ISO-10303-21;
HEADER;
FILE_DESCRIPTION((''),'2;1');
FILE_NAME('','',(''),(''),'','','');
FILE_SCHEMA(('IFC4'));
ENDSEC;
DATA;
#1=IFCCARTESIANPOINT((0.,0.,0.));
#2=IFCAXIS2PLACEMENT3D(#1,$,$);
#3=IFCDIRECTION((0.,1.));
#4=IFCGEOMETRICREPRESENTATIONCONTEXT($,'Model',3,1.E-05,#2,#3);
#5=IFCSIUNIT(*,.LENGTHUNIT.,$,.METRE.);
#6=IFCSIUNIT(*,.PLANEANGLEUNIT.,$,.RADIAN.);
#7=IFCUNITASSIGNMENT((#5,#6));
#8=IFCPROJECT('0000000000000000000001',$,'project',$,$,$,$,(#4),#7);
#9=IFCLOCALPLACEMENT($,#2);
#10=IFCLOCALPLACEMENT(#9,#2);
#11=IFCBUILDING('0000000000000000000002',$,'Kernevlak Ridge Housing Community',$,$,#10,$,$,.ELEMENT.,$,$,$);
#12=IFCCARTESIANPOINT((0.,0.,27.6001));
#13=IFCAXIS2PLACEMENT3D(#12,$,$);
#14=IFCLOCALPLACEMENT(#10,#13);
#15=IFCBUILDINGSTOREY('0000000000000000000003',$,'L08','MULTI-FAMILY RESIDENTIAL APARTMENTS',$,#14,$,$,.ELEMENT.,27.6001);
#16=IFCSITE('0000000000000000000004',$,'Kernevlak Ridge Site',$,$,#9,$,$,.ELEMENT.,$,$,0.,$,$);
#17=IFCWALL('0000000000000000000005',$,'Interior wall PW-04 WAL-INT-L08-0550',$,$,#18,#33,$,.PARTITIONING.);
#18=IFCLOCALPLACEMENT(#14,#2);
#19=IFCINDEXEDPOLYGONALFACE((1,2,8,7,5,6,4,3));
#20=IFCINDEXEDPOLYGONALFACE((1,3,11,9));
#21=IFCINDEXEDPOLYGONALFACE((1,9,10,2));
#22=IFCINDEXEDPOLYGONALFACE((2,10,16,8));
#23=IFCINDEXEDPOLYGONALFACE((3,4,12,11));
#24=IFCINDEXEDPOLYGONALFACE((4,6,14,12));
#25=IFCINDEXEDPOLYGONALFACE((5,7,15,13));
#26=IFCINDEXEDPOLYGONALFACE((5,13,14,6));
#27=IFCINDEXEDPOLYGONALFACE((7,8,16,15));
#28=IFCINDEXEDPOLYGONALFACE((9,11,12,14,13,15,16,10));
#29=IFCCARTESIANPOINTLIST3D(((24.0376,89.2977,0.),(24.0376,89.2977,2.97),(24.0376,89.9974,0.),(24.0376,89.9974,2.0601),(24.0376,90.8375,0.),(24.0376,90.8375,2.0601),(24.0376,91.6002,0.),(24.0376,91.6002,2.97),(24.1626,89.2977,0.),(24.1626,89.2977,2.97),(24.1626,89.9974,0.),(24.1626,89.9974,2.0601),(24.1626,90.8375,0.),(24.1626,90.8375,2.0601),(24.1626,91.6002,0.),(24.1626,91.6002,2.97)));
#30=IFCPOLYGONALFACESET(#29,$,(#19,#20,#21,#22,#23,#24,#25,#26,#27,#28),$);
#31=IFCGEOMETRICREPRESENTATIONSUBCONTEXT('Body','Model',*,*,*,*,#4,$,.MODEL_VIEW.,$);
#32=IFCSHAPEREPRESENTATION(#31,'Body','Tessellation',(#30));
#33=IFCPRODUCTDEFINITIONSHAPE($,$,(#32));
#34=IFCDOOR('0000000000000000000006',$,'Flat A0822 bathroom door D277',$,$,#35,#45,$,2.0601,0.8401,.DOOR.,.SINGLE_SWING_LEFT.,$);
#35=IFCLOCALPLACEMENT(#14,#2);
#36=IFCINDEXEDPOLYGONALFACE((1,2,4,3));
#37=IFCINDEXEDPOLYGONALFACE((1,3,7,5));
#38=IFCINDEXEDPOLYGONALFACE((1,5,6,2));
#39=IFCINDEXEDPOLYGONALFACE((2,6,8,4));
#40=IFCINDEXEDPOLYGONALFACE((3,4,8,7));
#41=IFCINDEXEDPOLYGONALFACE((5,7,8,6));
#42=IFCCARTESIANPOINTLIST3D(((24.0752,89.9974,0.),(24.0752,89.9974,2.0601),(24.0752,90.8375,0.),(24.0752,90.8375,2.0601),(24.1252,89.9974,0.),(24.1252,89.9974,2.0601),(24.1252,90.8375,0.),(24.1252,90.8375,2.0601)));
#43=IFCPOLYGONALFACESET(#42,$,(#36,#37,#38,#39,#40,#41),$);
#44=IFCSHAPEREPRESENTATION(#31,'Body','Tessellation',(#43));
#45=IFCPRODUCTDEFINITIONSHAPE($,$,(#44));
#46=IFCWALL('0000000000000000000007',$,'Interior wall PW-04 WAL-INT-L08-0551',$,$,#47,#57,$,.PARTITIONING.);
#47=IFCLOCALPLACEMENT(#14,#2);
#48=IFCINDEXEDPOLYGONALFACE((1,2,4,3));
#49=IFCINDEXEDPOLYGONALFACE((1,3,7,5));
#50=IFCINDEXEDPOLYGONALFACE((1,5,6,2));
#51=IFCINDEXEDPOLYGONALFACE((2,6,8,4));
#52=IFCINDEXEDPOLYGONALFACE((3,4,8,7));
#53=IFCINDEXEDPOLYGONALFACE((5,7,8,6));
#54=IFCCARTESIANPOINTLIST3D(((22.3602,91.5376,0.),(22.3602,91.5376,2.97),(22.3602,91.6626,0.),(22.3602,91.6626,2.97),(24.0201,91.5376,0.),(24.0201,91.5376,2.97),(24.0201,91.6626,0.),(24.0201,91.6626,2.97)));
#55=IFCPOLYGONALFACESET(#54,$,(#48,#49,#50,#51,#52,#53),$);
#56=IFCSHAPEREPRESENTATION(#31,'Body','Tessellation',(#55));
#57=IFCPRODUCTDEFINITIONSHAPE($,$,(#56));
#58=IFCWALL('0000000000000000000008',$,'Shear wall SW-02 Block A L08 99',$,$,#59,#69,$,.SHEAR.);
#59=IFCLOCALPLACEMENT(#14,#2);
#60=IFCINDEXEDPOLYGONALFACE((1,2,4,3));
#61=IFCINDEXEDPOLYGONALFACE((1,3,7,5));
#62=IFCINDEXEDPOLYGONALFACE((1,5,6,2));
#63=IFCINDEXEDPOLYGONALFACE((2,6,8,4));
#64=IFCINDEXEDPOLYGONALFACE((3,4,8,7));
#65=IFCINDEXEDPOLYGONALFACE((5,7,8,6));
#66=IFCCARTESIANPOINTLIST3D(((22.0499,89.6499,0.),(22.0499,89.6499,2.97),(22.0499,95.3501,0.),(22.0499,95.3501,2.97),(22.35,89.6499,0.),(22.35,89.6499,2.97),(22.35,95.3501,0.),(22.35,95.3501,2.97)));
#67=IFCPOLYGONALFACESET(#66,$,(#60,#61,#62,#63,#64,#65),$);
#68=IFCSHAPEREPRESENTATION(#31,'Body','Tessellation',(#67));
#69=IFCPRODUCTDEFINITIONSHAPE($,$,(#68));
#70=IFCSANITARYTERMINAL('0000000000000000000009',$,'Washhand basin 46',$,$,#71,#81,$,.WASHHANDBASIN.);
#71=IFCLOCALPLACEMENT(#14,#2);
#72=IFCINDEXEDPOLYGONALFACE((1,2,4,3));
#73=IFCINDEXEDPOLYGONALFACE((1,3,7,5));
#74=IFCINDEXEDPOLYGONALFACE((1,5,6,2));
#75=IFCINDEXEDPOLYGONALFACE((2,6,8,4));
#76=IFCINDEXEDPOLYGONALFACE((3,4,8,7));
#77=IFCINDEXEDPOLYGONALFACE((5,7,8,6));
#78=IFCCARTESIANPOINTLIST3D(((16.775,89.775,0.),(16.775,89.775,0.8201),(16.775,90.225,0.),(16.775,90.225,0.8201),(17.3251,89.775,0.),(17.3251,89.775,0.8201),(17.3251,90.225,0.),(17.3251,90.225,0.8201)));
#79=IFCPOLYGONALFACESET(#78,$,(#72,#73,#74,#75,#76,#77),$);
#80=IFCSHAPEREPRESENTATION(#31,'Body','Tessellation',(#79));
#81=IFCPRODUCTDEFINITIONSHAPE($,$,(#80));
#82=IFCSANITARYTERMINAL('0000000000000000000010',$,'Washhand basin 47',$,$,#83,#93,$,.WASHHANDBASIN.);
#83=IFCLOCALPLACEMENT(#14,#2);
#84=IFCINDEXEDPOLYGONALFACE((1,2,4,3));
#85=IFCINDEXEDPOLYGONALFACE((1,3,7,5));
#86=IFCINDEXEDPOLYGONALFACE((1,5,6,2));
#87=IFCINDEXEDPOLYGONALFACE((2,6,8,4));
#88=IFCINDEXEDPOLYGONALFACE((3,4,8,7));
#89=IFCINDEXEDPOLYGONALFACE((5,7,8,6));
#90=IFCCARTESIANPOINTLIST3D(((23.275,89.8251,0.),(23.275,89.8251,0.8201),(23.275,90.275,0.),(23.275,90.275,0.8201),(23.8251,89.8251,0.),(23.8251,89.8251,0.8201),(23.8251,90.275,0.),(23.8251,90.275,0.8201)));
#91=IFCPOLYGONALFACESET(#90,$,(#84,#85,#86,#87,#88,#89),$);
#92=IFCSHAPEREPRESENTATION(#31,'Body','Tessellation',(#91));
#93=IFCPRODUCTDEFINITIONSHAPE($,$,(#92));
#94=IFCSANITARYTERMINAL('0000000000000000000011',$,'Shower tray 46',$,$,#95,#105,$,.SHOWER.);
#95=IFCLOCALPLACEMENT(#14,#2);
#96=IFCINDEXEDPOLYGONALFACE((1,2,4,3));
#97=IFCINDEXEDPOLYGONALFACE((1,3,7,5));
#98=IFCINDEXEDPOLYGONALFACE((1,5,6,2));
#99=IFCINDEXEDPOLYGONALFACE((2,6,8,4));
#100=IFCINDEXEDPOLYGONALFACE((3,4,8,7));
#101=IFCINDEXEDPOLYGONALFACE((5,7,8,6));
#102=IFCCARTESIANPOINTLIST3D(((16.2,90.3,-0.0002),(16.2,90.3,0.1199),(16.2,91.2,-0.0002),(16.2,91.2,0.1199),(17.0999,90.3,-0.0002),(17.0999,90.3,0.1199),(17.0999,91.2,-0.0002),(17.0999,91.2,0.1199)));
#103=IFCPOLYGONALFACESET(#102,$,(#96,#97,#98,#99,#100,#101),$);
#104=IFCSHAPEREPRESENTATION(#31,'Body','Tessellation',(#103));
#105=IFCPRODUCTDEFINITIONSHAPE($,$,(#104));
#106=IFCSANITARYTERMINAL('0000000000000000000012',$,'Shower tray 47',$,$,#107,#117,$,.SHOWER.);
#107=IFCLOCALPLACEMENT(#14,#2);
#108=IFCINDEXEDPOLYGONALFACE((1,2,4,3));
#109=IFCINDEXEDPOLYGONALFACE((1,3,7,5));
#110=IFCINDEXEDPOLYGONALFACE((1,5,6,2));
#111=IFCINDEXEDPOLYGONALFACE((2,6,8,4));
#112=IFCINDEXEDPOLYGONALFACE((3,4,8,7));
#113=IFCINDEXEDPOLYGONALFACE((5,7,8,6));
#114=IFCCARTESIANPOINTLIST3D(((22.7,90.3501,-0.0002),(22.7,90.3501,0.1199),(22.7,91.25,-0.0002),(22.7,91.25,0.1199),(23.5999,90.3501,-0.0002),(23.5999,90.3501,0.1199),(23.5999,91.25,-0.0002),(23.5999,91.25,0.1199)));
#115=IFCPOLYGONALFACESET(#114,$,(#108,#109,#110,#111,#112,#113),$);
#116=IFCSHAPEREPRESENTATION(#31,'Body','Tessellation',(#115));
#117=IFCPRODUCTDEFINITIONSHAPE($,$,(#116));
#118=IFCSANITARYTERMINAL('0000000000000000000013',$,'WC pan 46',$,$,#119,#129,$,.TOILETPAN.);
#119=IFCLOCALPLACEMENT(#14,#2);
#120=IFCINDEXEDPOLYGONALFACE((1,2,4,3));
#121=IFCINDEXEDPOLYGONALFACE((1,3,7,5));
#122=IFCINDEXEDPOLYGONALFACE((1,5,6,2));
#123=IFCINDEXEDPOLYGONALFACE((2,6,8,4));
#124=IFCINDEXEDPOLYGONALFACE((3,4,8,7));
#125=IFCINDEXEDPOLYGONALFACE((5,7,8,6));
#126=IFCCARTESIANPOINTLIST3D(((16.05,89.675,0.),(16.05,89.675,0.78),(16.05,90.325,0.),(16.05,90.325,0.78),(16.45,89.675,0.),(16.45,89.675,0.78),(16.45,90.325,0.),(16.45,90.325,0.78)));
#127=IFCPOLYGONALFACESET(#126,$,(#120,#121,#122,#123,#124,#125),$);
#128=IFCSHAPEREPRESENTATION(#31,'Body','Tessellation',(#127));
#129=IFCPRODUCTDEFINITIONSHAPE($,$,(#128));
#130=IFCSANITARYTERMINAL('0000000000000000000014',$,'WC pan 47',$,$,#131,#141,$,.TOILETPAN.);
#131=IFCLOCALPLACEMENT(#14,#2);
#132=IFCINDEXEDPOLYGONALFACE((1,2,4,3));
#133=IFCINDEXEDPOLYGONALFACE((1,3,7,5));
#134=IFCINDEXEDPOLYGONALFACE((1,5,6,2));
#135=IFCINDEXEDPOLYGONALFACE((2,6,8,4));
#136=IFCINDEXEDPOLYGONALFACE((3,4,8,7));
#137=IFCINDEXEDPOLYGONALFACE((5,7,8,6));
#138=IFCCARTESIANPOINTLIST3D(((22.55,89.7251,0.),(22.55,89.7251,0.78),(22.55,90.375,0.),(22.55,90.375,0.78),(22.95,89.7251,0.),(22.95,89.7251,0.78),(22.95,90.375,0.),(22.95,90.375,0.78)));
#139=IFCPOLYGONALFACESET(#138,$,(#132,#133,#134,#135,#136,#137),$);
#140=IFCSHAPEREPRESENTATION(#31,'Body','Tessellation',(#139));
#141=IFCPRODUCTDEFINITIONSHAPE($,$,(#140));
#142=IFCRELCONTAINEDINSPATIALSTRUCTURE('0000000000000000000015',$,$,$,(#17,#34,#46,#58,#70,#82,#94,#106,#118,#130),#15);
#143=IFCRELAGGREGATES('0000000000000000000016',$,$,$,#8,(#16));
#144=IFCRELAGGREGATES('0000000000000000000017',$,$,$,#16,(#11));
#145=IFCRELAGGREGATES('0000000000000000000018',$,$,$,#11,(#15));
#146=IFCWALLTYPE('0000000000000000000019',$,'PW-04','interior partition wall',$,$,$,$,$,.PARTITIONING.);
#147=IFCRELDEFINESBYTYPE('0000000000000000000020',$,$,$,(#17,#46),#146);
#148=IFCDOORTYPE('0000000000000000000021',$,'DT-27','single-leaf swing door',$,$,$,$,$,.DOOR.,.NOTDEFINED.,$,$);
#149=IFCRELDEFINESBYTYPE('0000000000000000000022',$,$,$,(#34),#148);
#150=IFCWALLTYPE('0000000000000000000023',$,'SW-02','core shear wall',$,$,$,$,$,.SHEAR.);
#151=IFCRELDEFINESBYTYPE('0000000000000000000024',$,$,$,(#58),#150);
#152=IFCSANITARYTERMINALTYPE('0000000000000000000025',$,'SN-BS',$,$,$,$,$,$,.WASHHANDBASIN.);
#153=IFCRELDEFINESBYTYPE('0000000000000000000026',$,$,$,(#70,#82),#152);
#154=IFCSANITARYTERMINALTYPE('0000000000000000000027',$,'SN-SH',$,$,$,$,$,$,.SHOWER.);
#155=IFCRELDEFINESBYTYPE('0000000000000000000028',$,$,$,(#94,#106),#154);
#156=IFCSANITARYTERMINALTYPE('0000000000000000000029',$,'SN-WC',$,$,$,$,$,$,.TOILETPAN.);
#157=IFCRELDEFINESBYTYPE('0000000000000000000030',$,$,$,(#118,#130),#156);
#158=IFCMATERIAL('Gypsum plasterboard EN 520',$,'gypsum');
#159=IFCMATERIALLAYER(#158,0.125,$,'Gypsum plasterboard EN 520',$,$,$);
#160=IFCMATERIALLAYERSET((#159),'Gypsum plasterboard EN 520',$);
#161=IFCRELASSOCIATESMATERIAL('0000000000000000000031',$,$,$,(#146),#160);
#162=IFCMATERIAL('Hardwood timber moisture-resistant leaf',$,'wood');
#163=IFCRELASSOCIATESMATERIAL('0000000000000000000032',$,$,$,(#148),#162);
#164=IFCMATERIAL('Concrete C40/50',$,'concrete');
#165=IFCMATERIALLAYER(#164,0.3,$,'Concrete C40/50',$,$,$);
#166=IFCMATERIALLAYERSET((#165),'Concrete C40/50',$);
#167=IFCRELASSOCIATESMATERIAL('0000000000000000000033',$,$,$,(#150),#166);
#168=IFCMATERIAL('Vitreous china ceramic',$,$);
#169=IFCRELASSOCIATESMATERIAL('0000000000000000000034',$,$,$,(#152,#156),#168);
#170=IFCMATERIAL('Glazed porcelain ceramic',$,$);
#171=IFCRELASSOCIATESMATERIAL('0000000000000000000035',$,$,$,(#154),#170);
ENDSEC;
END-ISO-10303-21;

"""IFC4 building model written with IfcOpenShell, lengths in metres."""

from ifc_helpers import new_model, si_unit, direction, frame, frame_2d, origin, origin_2d, place, context, subcontext, project, spatial, rectangle, extrude, material, layer, layer_set, type_object, element, fill, save


model = new_model("IFC4")

# Units and contexts
model_context = context("Model", 3, precision=1e-05, world=origin(), true_north=direction((0.0, 1.0)))
body_context = subcontext(model_context, "Body", "Model", "MODEL_VIEW")
ifc_project = project(units=[si_unit("LENGTHUNIT", "METRE"), si_unit("PLANEANGLEUNIT", "RADIAN")], contexts=[model_context])

# Site, building, storey
site_placement = place(None, origin())
site = spatial("IfcSite", under=ifc_project, at=site_placement, Name="Kernevlak Ridge Site", CompositionType="ELEMENT", RefElevation=0.0)
building_placement = place(site_placement, origin())
building = spatial("IfcBuilding", under=site, at=building_placement, Name="Kernevlak Ridge Housing Community", CompositionType="ELEMENT")
storey_placement = place(building_placement, frame((0.0, 0.0, 27.6001)))
storey = spatial("IfcBuildingStorey", under=building, at=storey_placement, Name="L08", Description="MULTI-FAMILY RESIDENTIAL APARTMENTS", CompositionType="ELEMENT", Elevation=27.6001)

# Shared definitions
ifc_material_1 = material(Name="Concrete C40/50", Category="concrete")

# Shared definitions
ifc_material_2 = material(Name="Gypsum plasterboard EN 520", Category="gypsum")
ifc_layer_1 = layer(ifc_material_2, 0.125, Name="Gypsum plasterboard EN 520")
ifc_layer_set_1 = layer_set([ifc_layer_1], Name="Gypsum plasterboard EN 520")
wall_type_1 = type_object("IfcWallType", Name="PW-04", Description="interior partition wall", PredefinedType="PARTITIONING", material=ifc_layer_set_1)
ifc_material_3 = material(Name="Hardwood timber moisture-resistant leaf", Category="wood")

# Wall, opening, door
wall_1_placement = place(storey_placement, frame((24.1001, 89.2976, 0.0), z_axis=(0.0, 0.0, 1.0), x_axis=(0.0, 1.0, 0.0)))
wall_1 = element("IfcWall", 1, at=wall_1_placement, inside=storey, type_object=wall_type_1, Name="Interior wall PW-04 WAL-INT-L08-0550", PredefinedType="PARTITIONING", context=body_context, shape_type="SweptSolid", body=[
    extrude(rectangle(XDim=2.3025, YDim=0.125, at=frame_2d((1.1514, 0.0))), origin(), (0.0, 0.0, 1.0), 2.97),
])
opening_1_placement = place(wall_1_placement, frame((0.7, 0.0, 0.0)))
opening_1 = element("IfcOpeningElement", 2, at=opening_1_placement, cuts=wall_1, PredefinedType="OPENING", context=body_context, shape_type="SweptSolid", body=[
    extrude(rectangle(XDim=0.8401, YDim=2.0601, at=frame_2d((0.4199, 1.03))), frame((0.0, 0.0725, 0.0), z_axis=(0.0, -1.0, 0.0), x_axis=(1.0, 0.0, 0.0)), (0.0, 0.0, 1.0), 0.145),
])
door_type_1 = type_object("IfcDoorType", Name="DT-27", Description="single-leaf swing door", OperationType="NOTDEFINED", PredefinedType="DOOR", material=ifc_material_3)
door_1_placement = place(opening_1_placement, origin())
door_1 = element("IfcDoor", 3, at=door_1_placement, inside=storey, type_object=door_type_1, Name="Flat A0822 bathroom door D277", OperationType="SINGLE_SWING_LEFT", OverallHeight=2.0601, OverallWidth=0.8401, PredefinedType="DOOR", context=body_context, shape_type="SweptSolid", body=[
    extrude(rectangle(XDim=0.8401, YDim=2.0601, at=frame_2d((0.4199, 1.03))), frame((0.0, 0.0249, 0.0), z_axis=(0.0, -1.0, 0.0), x_axis=(1.0, 0.0, 0.0)), (0.0, 0.0, 1.0), 0.05),
])
fill(opening_1, door_1)

# Walls
wall_2_placement = place(storey_placement, frame((22.3601, 91.6001, 0.0), z_axis=(0.0, 0.0, 1.0), x_axis=(1.0, 0.0, 0.0)))
element("IfcWall", 4, at=wall_2_placement, inside=storey, type_object=wall_type_1, Name="Interior wall PW-04 WAL-INT-L08-0551", PredefinedType="PARTITIONING", context=body_context, shape_type="SweptSolid", body=[
    extrude(rectangle(XDim=1.6599, YDim=0.125, at=frame_2d((0.8301, 0.0))), origin(), (0.0, 0.0, 1.0), 2.97),
])
ifc_layer_2 = layer(ifc_material_1, 0.3, Name="Concrete C40/50")
ifc_layer_set_2 = layer_set([ifc_layer_2], Name="Concrete C40/50")
wall_type_2 = type_object("IfcWallType", Name="SW-02", Description="core shear wall", PredefinedType="SHEAR", material=ifc_layer_set_2)
wall_3_placement = place(storey_placement, frame((22.2, 89.6499, 0.0), z_axis=(0.0, 0.0, 1.0), x_axis=(0.0, 1.0, 0.0)))
element("IfcWall", 5, at=wall_3_placement, inside=storey, type_object=wall_type_2, Name="Shear wall SW-02 Block A L08 99", PredefinedType="SHEAR", context=body_context, shape_type="SweptSolid", body=[
    extrude(rectangle(XDim=5.7002, YDim=0.3, at=frame_2d((2.8501, 0.0))), origin(), (0.0, 0.0, 1.0), 2.97),
])

# Sanitary terminals
ifc_material_4 = material(Name="Vitreous china ceramic")
sanitary_terminal_type_1 = type_object("IfcSanitaryTerminalType", Name="SN-BS", PredefinedType="WASHHANDBASIN", material=ifc_material_4)
for number, where, z_axis, x_axis, name in (
    (6, (17.05, 90.0, 0.0), (0.0, 0.0, 1.0), (1.0, 0.0, 0.0), "Washhand basin 46"),
    (7, (23.55, 90.05, 0.0), (0.0, 0.0, 1.0), (1.0, 0.0, 0.0), "Washhand basin 47"),
):
    element("IfcSanitaryTerminal", number, at=place(storey_placement, frame(where, z_axis=z_axis, x_axis=x_axis)), inside=storey, type_object=sanitary_terminal_type_1, Name=name, PredefinedType="WASHHANDBASIN", context=body_context, shape_type="SweptSolid", body=[
        extrude(rectangle(XDim=0.55, YDim=0.45, at=origin_2d()), origin(), (0.0, 0.0, 1.0), 0.8201),
    ])
ifc_material_5 = material(Name="Glazed porcelain ceramic")
sanitary_terminal_type_2 = type_object("IfcSanitaryTerminalType", Name="SN-SH", PredefinedType="SHOWER", material=ifc_material_5)
for number, where, z_axis, x_axis, name in (
    (8, (16.6499, 90.75, -0.0002), (0.0, 0.0, 1.0), (1.0, 0.0, 0.0), "Shower tray 46"),
    (9, (23.1499, 90.8, -0.0002), (0.0, 0.0, 1.0), (1.0, 0.0, 0.0), "Shower tray 47"),
):
    element("IfcSanitaryTerminal", number, at=place(storey_placement, frame(where, z_axis=z_axis, x_axis=x_axis)), inside=storey, type_object=sanitary_terminal_type_2, Name=name, PredefinedType="SHOWER", context=body_context, shape_type="SweptSolid", body=[
        extrude(rectangle(XDim=0.8999, YDim=0.8999, at=origin_2d()), origin(), (0.0, 0.0, 1.0), 0.1201),
    ])
sanitary_terminal_type_3 = type_object("IfcSanitaryTerminalType", Name="SN-WC", PredefinedType="TOILETPAN", material=ifc_material_4)
for number, where, z_axis, x_axis, name in (
    (10, (16.25, 90.0, 0.0), (0.0, 0.0, 1.0), (1.0, 0.0, 0.0), "WC pan 46"),
    (11, (22.75, 90.05, 0.0), (0.0, 0.0, 1.0), (1.0, 0.0, 0.0), "WC pan 47"),
):
    element("IfcSanitaryTerminal", number, at=place(storey_placement, frame(where, z_axis=z_axis, x_axis=x_axis)), inside=storey, type_object=sanitary_terminal_type_3, Name=name, PredefinedType="TOILETPAN", context=body_context, shape_type="SweptSolid", body=[
        extrude(rectangle(XDim=0.3999, YDim=0.6499, at=origin_2d()), origin(), (0.0, 0.0, 1.0), 0.78),
    ])

save(model, "model.ifc")
